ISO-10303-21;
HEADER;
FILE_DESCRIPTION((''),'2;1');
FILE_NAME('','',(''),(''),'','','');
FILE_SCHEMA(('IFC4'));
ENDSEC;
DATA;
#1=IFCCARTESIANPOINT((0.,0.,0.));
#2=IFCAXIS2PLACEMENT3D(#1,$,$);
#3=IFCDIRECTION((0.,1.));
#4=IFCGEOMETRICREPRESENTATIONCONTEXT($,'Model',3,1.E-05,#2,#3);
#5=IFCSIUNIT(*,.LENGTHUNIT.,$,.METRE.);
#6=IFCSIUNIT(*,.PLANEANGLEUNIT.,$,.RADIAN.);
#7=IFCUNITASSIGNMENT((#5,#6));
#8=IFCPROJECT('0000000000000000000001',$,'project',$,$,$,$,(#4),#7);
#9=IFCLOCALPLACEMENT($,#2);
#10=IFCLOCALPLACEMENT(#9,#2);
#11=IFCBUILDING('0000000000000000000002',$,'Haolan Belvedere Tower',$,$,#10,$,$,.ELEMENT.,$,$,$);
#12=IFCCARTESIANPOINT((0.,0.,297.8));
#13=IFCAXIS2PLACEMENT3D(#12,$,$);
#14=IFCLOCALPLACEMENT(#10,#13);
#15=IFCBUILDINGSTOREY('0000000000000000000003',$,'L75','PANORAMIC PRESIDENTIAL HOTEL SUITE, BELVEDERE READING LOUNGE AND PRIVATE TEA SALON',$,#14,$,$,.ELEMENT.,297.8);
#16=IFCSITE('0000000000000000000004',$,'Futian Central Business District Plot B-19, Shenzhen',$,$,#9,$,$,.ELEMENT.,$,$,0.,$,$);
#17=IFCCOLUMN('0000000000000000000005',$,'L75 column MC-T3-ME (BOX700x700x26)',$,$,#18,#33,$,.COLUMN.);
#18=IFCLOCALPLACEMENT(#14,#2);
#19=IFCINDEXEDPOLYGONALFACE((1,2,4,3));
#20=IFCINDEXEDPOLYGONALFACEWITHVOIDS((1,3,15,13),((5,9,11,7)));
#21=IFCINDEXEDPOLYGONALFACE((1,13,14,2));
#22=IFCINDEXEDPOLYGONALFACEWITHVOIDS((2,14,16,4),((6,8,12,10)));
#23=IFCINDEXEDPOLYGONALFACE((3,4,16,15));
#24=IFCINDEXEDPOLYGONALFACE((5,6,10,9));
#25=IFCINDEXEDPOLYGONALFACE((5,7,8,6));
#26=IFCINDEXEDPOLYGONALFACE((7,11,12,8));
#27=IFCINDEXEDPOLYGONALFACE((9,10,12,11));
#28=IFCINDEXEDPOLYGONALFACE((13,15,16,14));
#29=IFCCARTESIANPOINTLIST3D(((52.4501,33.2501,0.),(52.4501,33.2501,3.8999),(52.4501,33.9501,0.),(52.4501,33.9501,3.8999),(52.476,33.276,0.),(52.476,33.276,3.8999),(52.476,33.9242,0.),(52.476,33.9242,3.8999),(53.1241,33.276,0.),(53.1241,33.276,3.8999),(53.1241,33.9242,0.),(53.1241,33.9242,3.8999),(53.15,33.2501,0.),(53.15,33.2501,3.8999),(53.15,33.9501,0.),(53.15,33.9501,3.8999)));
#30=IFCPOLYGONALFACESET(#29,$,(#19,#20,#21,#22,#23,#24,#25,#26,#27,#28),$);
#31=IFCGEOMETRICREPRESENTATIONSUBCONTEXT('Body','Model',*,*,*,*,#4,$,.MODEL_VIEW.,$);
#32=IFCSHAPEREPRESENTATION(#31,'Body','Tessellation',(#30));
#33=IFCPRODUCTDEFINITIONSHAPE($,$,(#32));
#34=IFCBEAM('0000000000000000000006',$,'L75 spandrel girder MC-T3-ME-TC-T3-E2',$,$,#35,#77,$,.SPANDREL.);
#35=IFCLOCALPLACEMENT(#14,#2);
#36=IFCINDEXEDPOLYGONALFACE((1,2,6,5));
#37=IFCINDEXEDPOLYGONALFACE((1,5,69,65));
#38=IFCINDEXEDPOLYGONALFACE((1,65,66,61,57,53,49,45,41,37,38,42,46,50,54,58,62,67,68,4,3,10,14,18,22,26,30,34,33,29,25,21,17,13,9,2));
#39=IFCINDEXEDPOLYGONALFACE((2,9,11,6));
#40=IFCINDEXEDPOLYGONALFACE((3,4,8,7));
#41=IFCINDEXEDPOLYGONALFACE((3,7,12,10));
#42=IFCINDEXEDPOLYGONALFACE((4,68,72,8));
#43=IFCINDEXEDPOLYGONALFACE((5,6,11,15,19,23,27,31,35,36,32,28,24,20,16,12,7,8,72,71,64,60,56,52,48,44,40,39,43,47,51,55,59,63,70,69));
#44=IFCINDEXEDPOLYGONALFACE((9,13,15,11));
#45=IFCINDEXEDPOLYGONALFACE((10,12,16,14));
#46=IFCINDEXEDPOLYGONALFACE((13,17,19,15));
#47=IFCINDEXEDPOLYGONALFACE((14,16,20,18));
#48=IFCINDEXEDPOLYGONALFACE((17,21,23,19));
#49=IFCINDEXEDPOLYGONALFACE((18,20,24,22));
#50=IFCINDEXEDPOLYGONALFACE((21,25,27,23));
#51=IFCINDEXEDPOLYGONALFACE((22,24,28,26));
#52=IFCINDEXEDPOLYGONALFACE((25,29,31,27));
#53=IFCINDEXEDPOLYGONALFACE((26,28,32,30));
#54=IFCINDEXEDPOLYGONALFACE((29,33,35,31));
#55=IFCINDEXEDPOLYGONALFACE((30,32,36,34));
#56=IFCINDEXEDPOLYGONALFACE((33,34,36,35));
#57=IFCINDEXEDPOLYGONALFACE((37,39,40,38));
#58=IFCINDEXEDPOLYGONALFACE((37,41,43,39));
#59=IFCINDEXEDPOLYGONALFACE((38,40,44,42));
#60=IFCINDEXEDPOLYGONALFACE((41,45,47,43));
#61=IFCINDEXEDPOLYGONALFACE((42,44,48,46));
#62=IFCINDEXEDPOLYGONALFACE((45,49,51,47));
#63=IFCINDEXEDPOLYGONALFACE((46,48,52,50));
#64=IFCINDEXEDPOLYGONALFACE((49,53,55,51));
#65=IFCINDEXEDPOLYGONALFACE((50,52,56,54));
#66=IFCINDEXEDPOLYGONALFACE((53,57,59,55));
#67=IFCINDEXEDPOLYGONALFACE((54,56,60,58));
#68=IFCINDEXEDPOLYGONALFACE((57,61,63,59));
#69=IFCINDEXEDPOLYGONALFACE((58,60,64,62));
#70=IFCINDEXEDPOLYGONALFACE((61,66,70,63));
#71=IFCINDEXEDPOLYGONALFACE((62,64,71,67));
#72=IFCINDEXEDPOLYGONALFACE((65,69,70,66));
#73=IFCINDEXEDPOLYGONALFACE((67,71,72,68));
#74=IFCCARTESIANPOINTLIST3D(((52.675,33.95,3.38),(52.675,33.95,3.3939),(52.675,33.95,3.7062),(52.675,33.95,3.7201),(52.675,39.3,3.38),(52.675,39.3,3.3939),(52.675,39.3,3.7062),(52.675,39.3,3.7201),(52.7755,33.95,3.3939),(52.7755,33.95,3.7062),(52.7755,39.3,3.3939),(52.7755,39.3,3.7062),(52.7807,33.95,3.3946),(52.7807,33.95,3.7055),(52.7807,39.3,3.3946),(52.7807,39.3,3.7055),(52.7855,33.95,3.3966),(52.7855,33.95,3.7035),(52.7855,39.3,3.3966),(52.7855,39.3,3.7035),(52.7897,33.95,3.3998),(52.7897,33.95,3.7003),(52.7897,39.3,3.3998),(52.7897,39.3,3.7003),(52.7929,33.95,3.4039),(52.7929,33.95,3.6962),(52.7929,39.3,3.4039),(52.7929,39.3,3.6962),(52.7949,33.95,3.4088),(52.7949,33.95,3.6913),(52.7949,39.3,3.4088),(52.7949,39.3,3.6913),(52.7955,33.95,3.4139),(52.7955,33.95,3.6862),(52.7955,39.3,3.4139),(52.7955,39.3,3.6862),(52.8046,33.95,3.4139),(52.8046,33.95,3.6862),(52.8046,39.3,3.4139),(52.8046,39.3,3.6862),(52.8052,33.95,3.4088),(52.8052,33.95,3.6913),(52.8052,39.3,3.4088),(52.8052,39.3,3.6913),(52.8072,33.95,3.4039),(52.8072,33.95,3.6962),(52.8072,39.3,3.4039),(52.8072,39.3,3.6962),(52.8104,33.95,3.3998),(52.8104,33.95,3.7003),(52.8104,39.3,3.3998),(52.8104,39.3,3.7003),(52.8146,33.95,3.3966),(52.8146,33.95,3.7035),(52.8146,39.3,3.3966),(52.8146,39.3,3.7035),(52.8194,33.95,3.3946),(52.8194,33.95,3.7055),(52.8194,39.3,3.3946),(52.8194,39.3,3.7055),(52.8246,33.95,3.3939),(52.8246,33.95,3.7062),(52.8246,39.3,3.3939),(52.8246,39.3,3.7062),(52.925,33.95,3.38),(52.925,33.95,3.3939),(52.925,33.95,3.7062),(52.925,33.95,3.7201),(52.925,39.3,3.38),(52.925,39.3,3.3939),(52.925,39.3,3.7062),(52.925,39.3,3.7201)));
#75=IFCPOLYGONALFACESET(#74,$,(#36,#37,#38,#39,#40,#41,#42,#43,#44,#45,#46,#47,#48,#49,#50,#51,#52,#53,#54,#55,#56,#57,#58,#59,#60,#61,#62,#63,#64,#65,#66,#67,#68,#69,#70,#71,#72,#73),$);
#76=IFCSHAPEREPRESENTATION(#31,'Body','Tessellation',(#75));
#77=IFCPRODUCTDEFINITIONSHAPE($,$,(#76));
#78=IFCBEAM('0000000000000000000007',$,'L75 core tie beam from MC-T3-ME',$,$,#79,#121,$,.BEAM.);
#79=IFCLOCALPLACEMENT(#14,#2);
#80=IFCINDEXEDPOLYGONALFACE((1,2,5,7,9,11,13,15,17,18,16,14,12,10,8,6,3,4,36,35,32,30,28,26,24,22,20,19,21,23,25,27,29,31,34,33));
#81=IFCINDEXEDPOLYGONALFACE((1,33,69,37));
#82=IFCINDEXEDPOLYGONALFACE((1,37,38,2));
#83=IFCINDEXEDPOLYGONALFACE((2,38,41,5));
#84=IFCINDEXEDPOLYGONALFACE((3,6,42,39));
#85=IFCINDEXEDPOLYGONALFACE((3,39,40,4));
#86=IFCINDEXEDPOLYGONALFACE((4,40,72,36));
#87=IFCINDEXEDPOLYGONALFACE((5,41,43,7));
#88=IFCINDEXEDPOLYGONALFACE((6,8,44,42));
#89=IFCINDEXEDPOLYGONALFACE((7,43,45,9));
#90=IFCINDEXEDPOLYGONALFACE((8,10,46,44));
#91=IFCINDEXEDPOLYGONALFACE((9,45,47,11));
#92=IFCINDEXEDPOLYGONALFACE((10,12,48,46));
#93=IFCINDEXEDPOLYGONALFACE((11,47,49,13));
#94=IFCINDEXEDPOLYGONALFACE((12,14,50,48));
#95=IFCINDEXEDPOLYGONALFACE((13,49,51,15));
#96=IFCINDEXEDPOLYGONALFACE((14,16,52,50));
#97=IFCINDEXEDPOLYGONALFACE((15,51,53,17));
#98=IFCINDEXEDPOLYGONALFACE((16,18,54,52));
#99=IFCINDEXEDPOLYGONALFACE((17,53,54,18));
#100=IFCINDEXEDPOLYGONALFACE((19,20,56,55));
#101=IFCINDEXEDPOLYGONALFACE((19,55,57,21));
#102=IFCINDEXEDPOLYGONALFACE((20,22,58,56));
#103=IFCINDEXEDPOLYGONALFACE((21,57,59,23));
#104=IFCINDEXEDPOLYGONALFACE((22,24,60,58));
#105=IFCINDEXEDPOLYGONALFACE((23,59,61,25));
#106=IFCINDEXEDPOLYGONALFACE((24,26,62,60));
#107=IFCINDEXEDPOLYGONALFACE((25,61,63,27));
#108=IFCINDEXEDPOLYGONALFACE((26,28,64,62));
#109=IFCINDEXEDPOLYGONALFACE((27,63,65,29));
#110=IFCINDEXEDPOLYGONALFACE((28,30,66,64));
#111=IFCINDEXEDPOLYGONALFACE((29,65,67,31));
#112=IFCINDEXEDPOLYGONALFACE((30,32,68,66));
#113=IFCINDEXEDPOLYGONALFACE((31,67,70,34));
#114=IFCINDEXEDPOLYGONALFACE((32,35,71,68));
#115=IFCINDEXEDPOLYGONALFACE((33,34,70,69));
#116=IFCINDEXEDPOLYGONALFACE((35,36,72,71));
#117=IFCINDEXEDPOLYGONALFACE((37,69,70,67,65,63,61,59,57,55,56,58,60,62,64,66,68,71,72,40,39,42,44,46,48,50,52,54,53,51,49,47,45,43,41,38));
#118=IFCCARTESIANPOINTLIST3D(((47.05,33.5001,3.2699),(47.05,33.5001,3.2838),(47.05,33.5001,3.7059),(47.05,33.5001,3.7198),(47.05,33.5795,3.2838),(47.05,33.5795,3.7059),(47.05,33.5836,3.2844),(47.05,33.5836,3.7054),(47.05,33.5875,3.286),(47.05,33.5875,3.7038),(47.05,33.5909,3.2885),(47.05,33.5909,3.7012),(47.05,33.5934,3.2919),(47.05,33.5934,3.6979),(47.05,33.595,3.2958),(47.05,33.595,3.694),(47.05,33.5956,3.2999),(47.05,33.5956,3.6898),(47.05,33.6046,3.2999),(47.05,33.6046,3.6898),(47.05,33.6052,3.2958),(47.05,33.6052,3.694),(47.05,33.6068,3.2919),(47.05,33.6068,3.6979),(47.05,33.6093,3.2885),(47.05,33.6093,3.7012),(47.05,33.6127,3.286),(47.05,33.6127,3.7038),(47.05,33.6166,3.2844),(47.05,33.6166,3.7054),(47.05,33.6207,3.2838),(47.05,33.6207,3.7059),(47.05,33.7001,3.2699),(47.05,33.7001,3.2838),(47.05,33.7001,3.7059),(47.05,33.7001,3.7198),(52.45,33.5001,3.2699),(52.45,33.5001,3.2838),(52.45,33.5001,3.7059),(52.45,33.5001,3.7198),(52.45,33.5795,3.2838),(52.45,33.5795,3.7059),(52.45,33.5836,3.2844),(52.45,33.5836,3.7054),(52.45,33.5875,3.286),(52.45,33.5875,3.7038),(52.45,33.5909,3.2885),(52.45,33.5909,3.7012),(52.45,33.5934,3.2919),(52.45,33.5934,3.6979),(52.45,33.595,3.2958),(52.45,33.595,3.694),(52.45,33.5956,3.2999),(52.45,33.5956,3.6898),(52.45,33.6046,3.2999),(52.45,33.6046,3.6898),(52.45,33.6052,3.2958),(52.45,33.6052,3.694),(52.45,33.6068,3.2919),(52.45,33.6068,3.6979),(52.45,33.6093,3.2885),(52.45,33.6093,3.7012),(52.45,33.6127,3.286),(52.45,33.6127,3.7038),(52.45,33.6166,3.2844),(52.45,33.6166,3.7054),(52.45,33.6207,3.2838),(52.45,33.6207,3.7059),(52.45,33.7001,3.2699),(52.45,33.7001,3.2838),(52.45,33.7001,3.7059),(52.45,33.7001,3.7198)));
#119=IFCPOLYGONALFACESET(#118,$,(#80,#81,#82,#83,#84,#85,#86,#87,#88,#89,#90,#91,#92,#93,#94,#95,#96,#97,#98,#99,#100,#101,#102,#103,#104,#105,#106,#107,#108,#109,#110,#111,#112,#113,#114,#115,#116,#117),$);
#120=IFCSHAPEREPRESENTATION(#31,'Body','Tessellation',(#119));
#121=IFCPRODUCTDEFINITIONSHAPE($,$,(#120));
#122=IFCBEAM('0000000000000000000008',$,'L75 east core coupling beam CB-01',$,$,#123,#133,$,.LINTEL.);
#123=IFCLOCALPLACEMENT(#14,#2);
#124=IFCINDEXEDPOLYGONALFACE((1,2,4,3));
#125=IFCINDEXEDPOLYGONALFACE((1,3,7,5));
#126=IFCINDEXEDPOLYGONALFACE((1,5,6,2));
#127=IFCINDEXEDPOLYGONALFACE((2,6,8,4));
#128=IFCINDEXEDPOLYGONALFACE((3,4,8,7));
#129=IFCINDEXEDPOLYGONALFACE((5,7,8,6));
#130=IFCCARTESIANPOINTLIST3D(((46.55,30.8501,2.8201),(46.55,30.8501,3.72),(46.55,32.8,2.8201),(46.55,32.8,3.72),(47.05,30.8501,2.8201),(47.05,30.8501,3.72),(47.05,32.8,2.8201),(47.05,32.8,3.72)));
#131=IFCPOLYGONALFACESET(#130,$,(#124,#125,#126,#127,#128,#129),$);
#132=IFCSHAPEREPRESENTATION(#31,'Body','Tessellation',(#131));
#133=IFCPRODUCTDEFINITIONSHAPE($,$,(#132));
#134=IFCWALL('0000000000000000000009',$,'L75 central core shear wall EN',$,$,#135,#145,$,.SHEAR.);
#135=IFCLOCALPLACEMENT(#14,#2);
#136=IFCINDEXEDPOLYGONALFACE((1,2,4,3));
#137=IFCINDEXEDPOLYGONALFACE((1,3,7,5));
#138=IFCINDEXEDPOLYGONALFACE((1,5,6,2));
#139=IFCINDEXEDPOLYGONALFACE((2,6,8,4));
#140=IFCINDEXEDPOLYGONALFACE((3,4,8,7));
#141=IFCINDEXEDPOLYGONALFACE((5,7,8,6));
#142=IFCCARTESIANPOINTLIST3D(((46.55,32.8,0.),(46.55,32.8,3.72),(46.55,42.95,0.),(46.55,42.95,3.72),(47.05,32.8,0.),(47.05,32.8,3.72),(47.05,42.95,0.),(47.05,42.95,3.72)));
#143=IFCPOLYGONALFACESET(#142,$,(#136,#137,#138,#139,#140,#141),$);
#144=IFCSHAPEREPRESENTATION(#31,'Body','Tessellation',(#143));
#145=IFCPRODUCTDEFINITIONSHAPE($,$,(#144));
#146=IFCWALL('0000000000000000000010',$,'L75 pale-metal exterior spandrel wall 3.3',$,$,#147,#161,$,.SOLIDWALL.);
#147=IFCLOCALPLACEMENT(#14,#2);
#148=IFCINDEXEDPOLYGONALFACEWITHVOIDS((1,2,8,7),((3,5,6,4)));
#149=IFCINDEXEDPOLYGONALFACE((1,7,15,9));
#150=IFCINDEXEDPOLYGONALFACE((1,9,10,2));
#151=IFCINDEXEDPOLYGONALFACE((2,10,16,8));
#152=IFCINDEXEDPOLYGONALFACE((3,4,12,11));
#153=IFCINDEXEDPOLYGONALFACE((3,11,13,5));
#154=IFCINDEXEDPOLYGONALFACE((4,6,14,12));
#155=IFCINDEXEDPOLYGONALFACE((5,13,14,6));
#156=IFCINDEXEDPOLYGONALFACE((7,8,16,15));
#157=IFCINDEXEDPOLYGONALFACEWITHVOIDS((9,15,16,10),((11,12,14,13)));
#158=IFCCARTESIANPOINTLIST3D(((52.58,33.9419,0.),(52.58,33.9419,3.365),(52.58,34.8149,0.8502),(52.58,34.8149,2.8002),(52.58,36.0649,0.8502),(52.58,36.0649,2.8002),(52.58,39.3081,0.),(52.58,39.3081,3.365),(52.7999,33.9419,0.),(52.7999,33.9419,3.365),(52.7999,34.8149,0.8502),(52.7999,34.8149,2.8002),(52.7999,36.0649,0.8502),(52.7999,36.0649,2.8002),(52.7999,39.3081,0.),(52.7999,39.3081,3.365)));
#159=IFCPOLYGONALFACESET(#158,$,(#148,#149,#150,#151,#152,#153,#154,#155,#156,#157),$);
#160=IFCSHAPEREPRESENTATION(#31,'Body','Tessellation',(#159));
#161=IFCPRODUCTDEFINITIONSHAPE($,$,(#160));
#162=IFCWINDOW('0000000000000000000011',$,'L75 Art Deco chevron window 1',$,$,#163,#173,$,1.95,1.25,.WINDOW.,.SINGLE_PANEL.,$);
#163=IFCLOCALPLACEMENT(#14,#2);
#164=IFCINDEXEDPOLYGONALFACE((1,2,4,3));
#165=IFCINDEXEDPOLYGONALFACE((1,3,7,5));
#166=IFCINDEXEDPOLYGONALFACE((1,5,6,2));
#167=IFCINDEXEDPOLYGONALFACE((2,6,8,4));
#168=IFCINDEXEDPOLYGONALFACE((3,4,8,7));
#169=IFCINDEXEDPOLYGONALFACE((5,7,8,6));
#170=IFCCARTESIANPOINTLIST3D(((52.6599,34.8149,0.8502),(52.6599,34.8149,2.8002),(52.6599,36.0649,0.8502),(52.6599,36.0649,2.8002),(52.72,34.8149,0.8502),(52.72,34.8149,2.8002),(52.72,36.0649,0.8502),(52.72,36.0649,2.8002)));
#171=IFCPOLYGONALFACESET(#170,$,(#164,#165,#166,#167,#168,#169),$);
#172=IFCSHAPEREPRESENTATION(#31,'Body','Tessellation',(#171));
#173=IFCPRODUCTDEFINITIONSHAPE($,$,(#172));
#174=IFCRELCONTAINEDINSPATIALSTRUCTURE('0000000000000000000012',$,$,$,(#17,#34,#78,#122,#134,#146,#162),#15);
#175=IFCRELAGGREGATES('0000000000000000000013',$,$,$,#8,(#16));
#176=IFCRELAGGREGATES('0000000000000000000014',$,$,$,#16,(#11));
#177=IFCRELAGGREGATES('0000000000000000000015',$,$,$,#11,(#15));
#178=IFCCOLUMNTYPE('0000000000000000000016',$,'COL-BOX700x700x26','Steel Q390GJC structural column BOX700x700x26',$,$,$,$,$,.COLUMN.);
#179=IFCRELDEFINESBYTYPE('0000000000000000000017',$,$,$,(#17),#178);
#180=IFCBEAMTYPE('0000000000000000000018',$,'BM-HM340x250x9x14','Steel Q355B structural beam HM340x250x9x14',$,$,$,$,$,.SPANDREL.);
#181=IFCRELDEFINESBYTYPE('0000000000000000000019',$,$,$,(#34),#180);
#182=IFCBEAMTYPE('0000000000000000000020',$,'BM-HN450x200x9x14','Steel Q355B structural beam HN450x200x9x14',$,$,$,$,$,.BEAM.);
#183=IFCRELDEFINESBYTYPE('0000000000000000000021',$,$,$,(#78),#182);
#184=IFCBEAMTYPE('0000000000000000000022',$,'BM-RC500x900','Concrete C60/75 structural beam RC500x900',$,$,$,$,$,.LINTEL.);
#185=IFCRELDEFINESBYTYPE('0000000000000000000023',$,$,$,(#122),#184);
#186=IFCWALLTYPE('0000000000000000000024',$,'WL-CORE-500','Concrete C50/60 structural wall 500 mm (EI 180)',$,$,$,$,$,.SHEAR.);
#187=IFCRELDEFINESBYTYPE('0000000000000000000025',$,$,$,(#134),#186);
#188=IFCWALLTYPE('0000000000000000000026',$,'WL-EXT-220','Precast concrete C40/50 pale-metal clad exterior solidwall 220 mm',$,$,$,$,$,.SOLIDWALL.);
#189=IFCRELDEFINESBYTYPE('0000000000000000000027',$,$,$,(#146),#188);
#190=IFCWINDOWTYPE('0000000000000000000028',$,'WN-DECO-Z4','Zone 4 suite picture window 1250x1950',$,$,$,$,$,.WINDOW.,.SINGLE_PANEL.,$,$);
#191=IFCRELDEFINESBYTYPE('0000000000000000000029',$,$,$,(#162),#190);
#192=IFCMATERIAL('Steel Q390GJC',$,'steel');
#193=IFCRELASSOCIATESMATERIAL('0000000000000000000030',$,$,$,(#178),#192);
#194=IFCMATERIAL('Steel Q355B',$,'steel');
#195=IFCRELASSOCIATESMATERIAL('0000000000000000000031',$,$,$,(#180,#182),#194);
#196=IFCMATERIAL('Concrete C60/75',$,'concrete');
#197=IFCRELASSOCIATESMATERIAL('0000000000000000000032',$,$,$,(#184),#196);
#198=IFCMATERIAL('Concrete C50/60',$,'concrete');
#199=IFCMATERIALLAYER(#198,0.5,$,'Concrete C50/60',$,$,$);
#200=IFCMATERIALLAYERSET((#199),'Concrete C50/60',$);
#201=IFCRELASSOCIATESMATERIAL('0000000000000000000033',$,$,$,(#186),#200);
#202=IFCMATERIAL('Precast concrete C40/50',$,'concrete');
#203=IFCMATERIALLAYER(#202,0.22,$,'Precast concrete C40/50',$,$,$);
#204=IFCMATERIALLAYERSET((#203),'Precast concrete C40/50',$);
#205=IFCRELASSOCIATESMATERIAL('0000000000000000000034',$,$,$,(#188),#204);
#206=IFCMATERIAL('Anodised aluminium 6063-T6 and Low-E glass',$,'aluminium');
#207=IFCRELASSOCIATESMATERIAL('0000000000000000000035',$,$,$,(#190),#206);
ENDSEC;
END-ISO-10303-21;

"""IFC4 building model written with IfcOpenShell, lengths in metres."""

from ifc_helpers import new_model, si_unit, direction, frame, frame_2d, origin, origin_2d, place, context, subcontext, project, spatial, rectangle, hollow_rectangle, i_section, extrude, material, layer, layer_set, material_profile, profile_set, type_object, element, fill, save


model = new_model("IFC4")

# Units and contexts
model_context = context("Model", 3, precision=1e-05, world=origin(), true_north=direction((0.0, 1.0)))
body_context = subcontext(model_context, "Body", "Model", "MODEL_VIEW")
ifc_project = project(units=[si_unit("LENGTHUNIT", "METRE"), si_unit("PLANEANGLEUNIT", "RADIAN")], contexts=[model_context])

# Site, building, storey
site_placement = place(None, origin())
site = spatial("IfcSite", under=ifc_project, at=site_placement, Name="Futian Central Business District Plot B-19, Shenzhen", CompositionType="ELEMENT", RefElevation=0.0)
building_placement = place(site_placement, origin())
building = spatial("IfcBuilding", under=site, at=building_placement, Name="Haolan Belvedere Tower", CompositionType="ELEMENT")
storey_placement = place(building_placement, frame((0.0, 0.0, 297.8)))
storey = spatial("IfcBuildingStorey", under=building, at=storey_placement, Name="L75", Description="PANORAMIC PRESIDENTIAL HOTEL SUITE, BELVEDERE READING LOUNGE AND PRIVATE TEA SALON", CompositionType="ELEMENT", Elevation=297.8)

# Column
ifc_material_1 = material(Name="Steel Q390GJC", Category="steel")
ifc_material_profile_1 = material_profile(ifc_material_1, hollow_rectangle(XDim=0.7, YDim=0.7, WallThickness=0.0259, at=origin_2d()), Name="Steel Q390GJC")
ifc_profile_set_1 = profile_set([ifc_material_profile_1], Name="Steel Q390GJC")
column_type = type_object("IfcColumnType", Name="COL-BOX700x700x26", Description="Steel Q390GJC structural column BOX700x700x26", PredefinedType="COLUMN", material=ifc_profile_set_1)
column_placement = place(storey_placement, frame((52.8, 33.6001, 0.0), z_axis=(0.0, 0.0, 1.0), x_axis=(1.0, 0.0, 0.0)))
element("IfcColumn", 1, at=column_placement, inside=storey, type_object=column_type, Name="L75 column MC-T3-ME (BOX700x700x26)", PredefinedType="COLUMN", context=body_context, shape_type="SweptSolid", body=[
    extrude(hollow_rectangle(XDim=0.7, YDim=0.7, WallThickness=0.0259, at=origin_2d()), origin(), (0.0, 0.0, 1.0), 3.8999),
])

# Beams
ifc_material_2 = material(Name="Steel Q355B", Category="steel")
ifc_material_profile_2 = material_profile(ifc_material_2, i_section(OverallWidth=0.25, OverallDepth=0.3401, WebThickness=0.009, FlangeThickness=0.0139, FilletRadius=0.02, at=origin_2d()), Name="Steel Q355B")
ifc_profile_set_2 = profile_set([ifc_material_profile_2], Name="Steel Q355B")
beam_type_1 = type_object("IfcBeamType", Name="BM-HM340x250x9x14", Description="Steel Q355B structural beam HM340x250x9x14", PredefinedType="SPANDREL", material=ifc_profile_set_2)
beam_1_placement = place(storey_placement, frame((52.8, 33.95, 3.55), z_axis=(0.0, 1.0, 0.0), x_axis=(-1.0, 0.0, 0.0)))
element("IfcBeam", 2, at=beam_1_placement, inside=storey, type_object=beam_type_1, Name="L75 spandrel girder MC-T3-ME-TC-T3-E2", PredefinedType="SPANDREL", context=body_context, shape_type="SweptSolid", body=[
    extrude(i_section(OverallWidth=0.25, OverallDepth=0.3401, WebThickness=0.009, FlangeThickness=0.0139, FilletRadius=0.02, at=origin_2d()), origin(), (0.0, 0.0, 1.0), 5.3501),
])
ifc_material_profile_3 = material_profile(ifc_material_2, i_section(OverallWidth=0.2, OverallDepth=0.45, WebThickness=0.009, FlangeThickness=0.0139, FilletRadius=0.0161, at=origin_2d()), Name="Steel Q355B")
ifc_profile_set_3 = profile_set([ifc_material_profile_3], Name="Steel Q355B")
beam_type_2 = type_object("IfcBeamType", Name="BM-HN450x200x9x14", Description="Steel Q355B structural beam HN450x200x9x14", PredefinedType="BEAM", material=ifc_profile_set_3)
beam_2_placement = place(storey_placement, frame((52.45, 33.6001, 3.4949), z_axis=(-1.0, 0.0, 0.0), x_axis=(0.0, -1.0, 0.0)))
element("IfcBeam", 3, at=beam_2_placement, inside=storey, type_object=beam_type_2, Name="L75 core tie beam from MC-T3-ME", PredefinedType="BEAM", context=body_context, shape_type="SweptSolid", body=[
    extrude(i_section(OverallWidth=0.2, OverallDepth=0.45, WebThickness=0.009, FlangeThickness=0.0139, FilletRadius=0.0161, at=origin_2d()), origin(), (0.0, 0.0, 1.0), 5.3999),
])
ifc_material_3 = material(Name="Concrete C60/75", Category="concrete")
ifc_material_profile_4 = material_profile(ifc_material_3, rectangle(XDim=0.5, YDim=0.8999, at=origin_2d()), Name="Concrete C60/75")
ifc_profile_set_4 = profile_set([ifc_material_profile_4], Name="Concrete C60/75")
beam_type_3 = type_object("IfcBeamType", Name="BM-RC500x900", Description="Concrete C60/75 structural beam RC500x900", PredefinedType="LINTEL", material=ifc_profile_set_4)
beam_3_placement = place(storey_placement, frame((46.8, 30.8501, 3.27), z_axis=(0.0, 1.0, 0.0), x_axis=(-1.0, 0.0, 0.0)))
element("IfcBeam", 4, at=beam_3_placement, inside=storey, type_object=beam_type_3, Name="L75 east core coupling beam CB-01", PredefinedType="LINTEL", context=body_context, shape_type="SweptSolid", body=[
    extrude(rectangle(XDim=0.5, YDim=0.8999, at=origin_2d()), origin(), (0.0, 0.0, 1.0), 1.95),
])

# Wall
ifc_material_4 = material(Name="Concrete C50/60", Category="concrete")
ifc_layer_1 = layer(ifc_material_4, 0.5, Name="Concrete C50/60")
ifc_layer_set_1 = layer_set([ifc_layer_1], Name="Concrete C50/60")
wall_type_1 = type_object("IfcWallType", Name="WL-CORE-500", Description="Concrete C50/60 structural wall 500 mm (EI 180)", PredefinedType="SHEAR", material=ifc_layer_set_1)
wall_1_placement = place(storey_placement, frame((46.8, 32.8, 0.0), z_axis=(0.0, 0.0, 1.0), x_axis=(0.0, 1.0, 0.0)))
element("IfcWall", 5, at=wall_1_placement, inside=storey, type_object=wall_type_1, Name="L75 central core shear wall EN", PredefinedType="SHEAR", context=body_context, shape_type="SweptSolid", body=[
    extrude(rectangle(XDim=10.1499, YDim=0.5, at=frame_2d((5.075, 0.0))), origin(), (0.0, 0.0, 1.0), 3.72),
])

# Wall, opening, window
ifc_material_5 = material(Name="Precast concrete C40/50", Category="concrete")
ifc_layer_2 = layer(ifc_material_5, 0.22, Name="Precast concrete C40/50")
ifc_layer_set_2 = layer_set([ifc_layer_2], Name="Precast concrete C40/50")
wall_type_2 = type_object("IfcWallType", Name="WL-EXT-220", Description="Precast concrete C40/50 pale-metal clad exterior solidwall 220 mm", PredefinedType="SOLIDWALL", material=ifc_layer_set_2)
wall_2_placement = place(storey_placement, frame((52.6899, 33.9419, 0.0), z_axis=(0.0, 0.0, 1.0), x_axis=(0.0, 1.0, 0.0)))
wall_2 = element("IfcWall", 6, at=wall_2_placement, inside=storey, type_object=wall_type_2, Name="L75 pale-metal exterior spandrel wall 3.3", PredefinedType="SOLIDWALL", context=body_context, shape_type="SweptSolid", body=[
    extrude(rectangle(XDim=5.3662, YDim=0.22, at=frame_2d((2.6831, 0.0))), origin(), (0.0, 0.0, 1.0), 3.365),
])
opening_1_placement = place(wall_2_placement, frame((0.873, 0.0, 0.8501)))
opening_1 = element("IfcOpeningElement", 7, at=opening_1_placement, cuts=wall_2, PredefinedType="OPENING", context=body_context, shape_type="SweptSolid", body=[
    extrude(rectangle(XDim=1.25, YDim=1.95, at=frame_2d((0.625, 0.9751))), frame((0.0, 0.1199, 0.0), z_axis=(0.0, -1.0, 0.0), x_axis=(1.0, 0.0, 0.0)), (0.0, 0.0, 1.0), 0.24),
])
ifc_material_6 = material(Name="Anodised aluminium 6063-T6 and Low-E glass", Category="aluminium")
window_type = type_object("IfcWindowType", Name="WN-DECO-Z4", Description="Zone 4 suite picture window 1250x1950", PartitioningType="SINGLE_PANEL", PredefinedType="WINDOW", material=ifc_material_6)
window_placement = place(opening_1_placement, origin())
window = element("IfcWindow", 8, at=window_placement, inside=storey, type_object=window_type, Name="L75 Art Deco chevron window 1", OverallHeight=1.95, OverallWidth=1.25, PartitioningType="SINGLE_PANEL", PredefinedType="WINDOW", context=body_context, shape_type="SweptSolid", body=[
    extrude(rectangle(XDim=1.25, YDim=1.95, at=frame_2d((0.625, 0.9751))), frame((0.0, 0.03, 0.0), z_axis=(0.0, -1.0, 0.0), x_axis=(1.0, 0.0, 0.0)), (0.0, 0.0, 1.0), 0.0601),
])
fill(opening_1, window)

save(model, "model.ifc")
